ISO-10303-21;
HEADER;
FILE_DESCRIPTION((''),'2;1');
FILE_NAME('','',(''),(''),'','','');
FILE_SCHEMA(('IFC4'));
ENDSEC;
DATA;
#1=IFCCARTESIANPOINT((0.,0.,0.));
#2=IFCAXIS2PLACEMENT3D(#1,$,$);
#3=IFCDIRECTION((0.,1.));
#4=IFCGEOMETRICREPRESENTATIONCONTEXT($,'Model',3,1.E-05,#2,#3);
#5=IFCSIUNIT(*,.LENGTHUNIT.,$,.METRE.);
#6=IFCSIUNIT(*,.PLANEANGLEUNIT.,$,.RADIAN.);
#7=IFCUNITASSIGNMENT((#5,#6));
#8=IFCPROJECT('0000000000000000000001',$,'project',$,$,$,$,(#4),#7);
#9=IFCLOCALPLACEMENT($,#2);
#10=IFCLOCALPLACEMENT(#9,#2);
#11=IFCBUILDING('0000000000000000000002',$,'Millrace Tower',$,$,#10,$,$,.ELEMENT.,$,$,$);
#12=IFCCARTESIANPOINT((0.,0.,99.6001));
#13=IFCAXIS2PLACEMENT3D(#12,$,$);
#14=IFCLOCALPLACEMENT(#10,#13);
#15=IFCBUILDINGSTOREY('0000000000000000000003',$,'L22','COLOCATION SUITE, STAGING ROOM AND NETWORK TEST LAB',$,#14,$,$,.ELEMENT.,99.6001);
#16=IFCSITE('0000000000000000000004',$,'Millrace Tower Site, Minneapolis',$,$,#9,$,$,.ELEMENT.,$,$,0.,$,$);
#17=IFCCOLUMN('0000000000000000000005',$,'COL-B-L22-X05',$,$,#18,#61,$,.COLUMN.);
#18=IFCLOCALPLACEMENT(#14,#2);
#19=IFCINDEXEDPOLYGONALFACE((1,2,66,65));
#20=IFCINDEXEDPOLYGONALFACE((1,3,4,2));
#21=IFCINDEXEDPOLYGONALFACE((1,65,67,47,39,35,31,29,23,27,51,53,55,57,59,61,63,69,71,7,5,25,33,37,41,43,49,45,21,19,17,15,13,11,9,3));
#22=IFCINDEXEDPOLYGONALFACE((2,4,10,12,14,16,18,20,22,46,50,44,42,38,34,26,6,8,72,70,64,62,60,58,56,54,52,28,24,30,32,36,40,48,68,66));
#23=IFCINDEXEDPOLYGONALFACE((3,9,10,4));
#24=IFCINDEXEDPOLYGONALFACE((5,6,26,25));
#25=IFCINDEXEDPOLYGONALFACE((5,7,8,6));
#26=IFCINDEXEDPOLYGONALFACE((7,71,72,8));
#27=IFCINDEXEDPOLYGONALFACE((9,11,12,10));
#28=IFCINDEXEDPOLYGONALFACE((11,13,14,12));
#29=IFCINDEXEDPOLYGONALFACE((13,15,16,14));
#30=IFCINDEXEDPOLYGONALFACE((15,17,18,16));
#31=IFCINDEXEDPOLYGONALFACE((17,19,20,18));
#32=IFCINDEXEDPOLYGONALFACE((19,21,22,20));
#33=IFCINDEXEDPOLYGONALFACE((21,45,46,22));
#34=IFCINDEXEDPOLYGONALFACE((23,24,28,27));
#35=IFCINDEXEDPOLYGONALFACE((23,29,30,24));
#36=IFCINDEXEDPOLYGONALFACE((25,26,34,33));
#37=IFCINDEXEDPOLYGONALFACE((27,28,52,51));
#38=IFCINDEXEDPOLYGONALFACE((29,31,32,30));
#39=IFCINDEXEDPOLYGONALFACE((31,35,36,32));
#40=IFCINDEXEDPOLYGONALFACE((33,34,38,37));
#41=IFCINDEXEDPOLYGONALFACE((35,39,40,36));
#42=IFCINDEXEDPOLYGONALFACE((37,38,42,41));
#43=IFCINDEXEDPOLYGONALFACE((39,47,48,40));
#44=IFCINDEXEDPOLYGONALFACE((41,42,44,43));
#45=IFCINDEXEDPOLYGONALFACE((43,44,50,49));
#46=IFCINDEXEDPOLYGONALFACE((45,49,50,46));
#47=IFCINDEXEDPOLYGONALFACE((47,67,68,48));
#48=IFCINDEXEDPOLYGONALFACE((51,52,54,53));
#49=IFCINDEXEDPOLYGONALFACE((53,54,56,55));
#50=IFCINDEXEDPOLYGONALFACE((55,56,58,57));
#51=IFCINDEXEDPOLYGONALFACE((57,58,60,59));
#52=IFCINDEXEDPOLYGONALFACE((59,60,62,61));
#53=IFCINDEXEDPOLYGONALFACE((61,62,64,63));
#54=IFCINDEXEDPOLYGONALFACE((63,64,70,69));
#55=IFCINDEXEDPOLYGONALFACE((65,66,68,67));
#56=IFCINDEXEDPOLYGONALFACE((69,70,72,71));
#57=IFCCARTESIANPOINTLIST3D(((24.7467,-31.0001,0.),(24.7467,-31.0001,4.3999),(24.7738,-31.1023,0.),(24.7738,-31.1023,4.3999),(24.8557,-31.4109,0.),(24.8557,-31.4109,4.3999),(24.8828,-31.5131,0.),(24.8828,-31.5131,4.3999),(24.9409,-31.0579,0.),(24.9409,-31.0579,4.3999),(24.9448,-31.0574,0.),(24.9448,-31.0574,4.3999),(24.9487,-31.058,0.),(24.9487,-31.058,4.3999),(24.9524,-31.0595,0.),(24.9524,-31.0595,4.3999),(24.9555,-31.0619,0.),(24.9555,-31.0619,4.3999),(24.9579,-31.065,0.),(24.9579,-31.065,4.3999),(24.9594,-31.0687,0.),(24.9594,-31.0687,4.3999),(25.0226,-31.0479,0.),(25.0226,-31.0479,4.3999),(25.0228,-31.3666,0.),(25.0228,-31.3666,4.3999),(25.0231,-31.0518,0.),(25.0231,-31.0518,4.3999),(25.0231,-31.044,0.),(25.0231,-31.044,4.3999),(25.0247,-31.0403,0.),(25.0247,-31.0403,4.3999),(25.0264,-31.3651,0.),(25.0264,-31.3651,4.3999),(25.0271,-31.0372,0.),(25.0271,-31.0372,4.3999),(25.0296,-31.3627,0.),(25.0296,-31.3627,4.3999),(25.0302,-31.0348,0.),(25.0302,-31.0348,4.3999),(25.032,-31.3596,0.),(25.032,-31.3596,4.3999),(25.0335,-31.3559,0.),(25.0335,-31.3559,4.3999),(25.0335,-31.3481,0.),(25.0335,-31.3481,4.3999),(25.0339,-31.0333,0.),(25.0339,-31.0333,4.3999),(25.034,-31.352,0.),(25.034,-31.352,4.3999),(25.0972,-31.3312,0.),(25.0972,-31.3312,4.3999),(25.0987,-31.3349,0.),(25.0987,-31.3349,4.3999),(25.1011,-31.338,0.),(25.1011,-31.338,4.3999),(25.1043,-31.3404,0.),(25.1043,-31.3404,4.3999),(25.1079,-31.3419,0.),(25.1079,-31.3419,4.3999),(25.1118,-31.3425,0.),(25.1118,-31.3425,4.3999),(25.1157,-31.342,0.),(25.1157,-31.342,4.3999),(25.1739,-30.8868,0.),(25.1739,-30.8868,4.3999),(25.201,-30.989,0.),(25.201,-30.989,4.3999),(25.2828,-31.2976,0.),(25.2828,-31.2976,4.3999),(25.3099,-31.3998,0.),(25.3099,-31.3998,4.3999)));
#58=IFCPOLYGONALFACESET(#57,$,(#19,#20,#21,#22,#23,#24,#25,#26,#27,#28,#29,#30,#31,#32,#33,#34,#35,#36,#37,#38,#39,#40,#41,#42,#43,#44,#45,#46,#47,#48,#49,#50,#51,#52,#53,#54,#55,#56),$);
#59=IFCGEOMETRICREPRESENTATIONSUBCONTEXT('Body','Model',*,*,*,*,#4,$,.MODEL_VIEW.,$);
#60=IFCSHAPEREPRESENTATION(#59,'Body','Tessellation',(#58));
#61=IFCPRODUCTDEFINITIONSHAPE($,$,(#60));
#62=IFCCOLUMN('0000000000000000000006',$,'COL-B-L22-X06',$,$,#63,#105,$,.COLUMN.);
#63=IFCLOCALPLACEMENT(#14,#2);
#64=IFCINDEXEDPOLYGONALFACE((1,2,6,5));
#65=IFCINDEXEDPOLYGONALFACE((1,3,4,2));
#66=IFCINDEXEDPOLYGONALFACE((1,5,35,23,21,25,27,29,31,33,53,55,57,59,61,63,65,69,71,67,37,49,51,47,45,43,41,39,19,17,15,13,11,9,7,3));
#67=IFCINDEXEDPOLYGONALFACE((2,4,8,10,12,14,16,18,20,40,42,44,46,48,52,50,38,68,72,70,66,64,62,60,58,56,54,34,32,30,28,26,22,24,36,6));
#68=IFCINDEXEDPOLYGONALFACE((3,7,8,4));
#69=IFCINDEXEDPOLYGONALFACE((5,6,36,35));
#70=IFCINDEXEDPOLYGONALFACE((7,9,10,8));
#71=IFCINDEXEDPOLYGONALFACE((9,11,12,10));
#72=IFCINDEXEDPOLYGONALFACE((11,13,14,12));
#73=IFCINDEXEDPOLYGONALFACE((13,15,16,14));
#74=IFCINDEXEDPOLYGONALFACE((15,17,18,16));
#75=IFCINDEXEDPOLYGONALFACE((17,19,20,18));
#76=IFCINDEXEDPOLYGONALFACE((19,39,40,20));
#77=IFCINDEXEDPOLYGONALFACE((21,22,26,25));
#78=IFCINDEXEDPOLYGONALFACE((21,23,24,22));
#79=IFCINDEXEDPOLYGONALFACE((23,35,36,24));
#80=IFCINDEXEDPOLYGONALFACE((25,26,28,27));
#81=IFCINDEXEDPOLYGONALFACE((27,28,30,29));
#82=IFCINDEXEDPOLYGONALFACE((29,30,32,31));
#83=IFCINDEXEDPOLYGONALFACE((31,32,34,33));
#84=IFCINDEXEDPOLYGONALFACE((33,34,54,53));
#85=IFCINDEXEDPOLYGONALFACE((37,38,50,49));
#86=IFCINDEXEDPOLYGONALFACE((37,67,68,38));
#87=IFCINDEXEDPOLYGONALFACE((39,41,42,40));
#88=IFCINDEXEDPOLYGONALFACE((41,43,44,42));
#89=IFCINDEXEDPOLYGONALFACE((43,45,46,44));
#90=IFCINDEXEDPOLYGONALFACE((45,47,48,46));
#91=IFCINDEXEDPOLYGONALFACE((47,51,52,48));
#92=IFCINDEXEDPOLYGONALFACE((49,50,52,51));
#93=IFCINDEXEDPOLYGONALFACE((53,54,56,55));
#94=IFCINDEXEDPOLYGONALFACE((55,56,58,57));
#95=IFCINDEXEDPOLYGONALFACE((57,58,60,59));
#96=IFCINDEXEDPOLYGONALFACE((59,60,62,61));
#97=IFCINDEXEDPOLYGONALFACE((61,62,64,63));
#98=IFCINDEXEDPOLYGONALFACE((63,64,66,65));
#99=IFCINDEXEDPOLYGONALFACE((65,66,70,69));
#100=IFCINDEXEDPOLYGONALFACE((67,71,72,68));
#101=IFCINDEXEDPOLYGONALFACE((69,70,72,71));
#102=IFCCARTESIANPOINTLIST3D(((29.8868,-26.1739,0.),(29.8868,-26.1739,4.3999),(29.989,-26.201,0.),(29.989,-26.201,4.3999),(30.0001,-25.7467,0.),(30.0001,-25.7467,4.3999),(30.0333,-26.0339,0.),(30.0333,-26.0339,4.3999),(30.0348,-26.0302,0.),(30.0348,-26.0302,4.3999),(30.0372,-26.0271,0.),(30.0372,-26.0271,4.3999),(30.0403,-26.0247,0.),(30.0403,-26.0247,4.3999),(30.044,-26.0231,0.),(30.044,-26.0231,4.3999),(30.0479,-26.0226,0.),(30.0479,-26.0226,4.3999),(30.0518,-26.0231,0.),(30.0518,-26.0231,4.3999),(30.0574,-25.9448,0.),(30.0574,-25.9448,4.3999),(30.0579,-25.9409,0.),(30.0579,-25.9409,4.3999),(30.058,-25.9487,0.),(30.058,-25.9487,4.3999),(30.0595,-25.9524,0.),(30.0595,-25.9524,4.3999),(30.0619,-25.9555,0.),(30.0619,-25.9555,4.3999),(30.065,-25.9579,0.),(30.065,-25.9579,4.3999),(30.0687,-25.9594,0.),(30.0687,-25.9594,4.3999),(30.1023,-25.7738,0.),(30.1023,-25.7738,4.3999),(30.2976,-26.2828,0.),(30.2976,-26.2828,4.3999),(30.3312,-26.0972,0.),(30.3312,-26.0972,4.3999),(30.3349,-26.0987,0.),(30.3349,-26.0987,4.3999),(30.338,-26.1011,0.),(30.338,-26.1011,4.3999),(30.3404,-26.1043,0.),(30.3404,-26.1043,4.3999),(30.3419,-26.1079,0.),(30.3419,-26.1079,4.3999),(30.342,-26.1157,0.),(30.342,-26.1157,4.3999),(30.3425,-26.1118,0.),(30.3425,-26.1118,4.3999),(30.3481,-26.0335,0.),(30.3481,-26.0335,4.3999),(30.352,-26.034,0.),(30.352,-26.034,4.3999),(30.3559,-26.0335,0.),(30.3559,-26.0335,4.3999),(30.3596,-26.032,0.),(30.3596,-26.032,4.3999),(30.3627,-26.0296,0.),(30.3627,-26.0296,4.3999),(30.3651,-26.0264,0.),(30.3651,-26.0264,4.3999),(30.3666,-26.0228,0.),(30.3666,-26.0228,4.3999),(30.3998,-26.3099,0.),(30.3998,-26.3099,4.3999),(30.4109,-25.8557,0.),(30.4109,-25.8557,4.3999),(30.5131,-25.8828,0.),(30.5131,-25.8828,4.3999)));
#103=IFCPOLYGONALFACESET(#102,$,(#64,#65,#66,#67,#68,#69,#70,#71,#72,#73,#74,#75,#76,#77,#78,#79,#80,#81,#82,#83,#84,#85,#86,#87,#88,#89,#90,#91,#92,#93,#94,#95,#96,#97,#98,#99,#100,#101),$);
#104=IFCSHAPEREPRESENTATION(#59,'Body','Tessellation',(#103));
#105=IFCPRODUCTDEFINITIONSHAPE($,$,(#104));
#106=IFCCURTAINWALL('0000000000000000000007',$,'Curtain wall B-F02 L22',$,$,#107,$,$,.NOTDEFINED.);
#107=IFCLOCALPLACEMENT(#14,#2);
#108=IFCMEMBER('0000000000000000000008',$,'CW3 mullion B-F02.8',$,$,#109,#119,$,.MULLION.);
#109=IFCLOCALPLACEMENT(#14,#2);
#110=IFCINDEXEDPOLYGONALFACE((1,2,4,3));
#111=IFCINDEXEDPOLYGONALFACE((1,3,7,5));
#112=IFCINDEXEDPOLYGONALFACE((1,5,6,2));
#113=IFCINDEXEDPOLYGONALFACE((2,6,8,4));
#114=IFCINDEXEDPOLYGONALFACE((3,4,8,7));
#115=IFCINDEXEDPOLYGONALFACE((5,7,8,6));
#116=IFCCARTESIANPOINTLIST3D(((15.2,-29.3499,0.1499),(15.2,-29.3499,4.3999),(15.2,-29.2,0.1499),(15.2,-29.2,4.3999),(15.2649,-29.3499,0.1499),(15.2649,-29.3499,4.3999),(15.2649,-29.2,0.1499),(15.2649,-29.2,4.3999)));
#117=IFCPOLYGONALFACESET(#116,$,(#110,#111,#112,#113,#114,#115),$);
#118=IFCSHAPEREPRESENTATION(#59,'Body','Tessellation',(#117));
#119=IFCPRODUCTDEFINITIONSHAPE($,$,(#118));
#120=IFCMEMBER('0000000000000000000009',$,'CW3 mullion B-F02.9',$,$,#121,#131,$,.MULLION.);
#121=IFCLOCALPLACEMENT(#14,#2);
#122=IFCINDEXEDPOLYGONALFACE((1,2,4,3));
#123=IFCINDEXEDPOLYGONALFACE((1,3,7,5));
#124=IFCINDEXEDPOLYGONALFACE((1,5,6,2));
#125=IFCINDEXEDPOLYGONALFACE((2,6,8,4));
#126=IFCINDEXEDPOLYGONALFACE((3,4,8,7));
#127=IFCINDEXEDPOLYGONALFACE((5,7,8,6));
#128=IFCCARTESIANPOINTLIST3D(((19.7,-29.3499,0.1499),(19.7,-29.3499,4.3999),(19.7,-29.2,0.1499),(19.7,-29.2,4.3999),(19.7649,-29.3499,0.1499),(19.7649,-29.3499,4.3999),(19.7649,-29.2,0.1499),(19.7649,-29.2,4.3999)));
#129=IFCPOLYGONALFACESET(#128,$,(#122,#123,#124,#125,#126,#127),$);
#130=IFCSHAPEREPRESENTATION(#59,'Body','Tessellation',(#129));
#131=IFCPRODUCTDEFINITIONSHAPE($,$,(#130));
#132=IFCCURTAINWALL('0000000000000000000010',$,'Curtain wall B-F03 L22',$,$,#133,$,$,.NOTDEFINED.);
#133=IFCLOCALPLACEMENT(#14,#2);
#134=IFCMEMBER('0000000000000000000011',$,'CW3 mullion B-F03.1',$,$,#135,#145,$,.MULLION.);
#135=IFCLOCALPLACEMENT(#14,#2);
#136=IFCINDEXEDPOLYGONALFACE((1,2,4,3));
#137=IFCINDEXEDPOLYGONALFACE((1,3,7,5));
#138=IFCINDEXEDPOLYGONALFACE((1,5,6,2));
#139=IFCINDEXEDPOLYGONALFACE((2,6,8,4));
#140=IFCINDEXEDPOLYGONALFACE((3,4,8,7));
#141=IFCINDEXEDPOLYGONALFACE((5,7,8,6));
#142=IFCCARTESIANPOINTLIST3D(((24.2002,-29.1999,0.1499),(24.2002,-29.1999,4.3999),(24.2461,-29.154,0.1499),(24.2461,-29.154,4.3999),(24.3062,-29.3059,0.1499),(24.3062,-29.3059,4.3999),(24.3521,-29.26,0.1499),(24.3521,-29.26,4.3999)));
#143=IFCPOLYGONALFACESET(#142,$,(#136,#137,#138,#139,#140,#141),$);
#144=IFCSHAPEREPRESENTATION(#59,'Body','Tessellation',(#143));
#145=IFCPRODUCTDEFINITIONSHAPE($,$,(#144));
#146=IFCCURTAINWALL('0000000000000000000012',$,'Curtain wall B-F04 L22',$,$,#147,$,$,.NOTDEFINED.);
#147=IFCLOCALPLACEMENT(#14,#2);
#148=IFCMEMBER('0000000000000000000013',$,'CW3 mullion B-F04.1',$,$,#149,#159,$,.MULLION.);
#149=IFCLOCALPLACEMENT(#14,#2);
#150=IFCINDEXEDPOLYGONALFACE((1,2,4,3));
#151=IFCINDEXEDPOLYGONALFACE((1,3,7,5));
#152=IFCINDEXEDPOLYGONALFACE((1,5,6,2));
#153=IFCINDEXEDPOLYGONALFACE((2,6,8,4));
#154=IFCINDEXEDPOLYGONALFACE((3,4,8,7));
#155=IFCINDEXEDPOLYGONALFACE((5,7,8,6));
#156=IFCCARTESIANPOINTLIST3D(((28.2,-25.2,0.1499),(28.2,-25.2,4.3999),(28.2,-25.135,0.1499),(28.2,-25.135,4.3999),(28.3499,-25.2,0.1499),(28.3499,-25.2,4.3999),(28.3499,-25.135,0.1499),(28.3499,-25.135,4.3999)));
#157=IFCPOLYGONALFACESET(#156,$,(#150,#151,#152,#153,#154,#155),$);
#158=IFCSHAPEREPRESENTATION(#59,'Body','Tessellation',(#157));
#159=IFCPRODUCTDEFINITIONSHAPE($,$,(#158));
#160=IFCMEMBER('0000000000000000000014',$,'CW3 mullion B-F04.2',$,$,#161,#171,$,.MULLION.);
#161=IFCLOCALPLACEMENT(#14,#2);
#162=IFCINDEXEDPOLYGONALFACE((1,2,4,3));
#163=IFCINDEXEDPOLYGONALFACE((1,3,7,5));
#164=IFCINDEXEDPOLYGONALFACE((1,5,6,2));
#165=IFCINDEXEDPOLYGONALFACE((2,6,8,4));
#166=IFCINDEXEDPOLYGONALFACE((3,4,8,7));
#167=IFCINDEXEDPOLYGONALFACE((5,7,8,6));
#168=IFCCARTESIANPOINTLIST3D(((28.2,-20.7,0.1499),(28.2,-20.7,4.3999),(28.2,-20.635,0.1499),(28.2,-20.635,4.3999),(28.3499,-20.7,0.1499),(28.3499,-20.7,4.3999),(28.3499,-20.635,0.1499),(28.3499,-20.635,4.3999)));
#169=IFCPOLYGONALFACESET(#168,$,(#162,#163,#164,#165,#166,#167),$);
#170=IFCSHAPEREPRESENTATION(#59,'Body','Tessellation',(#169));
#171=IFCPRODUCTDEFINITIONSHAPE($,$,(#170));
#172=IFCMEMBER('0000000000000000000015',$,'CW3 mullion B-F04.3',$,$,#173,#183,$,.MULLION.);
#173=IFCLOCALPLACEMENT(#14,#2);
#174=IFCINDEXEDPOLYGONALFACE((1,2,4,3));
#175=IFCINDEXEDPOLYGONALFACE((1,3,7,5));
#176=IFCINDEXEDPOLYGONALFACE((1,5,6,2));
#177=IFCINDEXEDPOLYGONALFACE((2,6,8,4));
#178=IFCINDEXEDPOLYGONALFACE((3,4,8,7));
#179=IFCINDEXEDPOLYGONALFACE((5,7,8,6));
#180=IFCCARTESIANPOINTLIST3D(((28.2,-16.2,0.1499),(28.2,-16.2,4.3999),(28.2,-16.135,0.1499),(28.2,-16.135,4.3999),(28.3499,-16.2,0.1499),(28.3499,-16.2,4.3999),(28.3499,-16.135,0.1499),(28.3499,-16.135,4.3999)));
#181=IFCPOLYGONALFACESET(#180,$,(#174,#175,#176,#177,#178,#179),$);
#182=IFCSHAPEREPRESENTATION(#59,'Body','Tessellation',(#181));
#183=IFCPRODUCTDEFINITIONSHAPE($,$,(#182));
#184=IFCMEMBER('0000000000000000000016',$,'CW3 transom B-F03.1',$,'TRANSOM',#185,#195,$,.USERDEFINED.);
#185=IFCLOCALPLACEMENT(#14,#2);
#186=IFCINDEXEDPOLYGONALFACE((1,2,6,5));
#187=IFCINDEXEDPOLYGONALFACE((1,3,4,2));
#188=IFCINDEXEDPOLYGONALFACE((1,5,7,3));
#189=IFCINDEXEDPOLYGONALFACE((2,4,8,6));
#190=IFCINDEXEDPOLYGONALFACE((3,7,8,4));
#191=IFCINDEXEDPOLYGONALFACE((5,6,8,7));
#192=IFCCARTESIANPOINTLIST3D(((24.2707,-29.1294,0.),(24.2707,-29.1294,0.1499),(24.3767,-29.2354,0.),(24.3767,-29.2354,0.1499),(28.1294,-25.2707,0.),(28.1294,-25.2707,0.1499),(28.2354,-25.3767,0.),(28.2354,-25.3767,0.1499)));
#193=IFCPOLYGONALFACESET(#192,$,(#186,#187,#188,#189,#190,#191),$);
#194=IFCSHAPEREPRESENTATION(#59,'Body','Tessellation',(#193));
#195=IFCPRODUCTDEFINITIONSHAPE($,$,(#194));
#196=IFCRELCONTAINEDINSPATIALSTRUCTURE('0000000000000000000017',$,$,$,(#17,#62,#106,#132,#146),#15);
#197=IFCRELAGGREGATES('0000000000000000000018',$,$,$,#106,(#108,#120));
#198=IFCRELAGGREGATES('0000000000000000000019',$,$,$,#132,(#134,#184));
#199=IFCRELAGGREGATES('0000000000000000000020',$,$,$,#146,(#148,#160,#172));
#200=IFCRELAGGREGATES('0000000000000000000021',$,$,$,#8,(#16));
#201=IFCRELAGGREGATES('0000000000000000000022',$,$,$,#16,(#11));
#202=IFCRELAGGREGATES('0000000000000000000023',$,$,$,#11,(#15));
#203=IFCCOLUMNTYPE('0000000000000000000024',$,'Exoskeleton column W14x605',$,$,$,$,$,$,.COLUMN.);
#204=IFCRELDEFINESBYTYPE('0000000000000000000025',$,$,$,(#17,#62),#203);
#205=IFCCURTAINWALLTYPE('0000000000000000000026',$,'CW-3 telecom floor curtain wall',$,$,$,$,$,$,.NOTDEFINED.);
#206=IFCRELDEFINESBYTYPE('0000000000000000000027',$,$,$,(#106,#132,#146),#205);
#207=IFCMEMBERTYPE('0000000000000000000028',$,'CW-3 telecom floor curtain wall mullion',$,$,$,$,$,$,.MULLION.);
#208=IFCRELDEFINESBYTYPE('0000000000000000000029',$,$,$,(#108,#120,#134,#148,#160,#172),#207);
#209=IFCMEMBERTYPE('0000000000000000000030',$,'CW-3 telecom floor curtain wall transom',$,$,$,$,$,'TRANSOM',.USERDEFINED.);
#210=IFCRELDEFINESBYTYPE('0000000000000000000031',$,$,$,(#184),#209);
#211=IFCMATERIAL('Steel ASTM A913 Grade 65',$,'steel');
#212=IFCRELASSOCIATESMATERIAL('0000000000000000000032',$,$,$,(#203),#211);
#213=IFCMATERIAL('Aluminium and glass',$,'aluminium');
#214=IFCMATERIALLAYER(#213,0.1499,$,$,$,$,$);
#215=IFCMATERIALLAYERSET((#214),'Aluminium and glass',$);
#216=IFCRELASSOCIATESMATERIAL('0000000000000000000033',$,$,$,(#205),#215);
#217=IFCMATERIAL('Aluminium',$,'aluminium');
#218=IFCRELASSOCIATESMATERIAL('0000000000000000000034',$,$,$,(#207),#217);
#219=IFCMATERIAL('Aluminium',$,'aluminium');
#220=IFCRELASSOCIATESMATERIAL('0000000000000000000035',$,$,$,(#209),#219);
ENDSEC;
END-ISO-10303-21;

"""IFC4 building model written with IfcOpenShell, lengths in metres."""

from ifc_helpers import new_model, si_unit, direction, frame, origin, origin_2d, place, context, subcontext, project, spatial, rectangle, i_section, extrude, material, layer, layer_set, material_profile, profile_set, type_object, element, aggregate, save


model = new_model("IFC4")

# Units and contexts
model_context = context("Model", 3, precision=1e-05, world=origin(), true_north=direction((0.0, 1.0)))
body_context = subcontext(model_context, "Body", "Model", "MODEL_VIEW")
ifc_project = project(units=[si_unit("LENGTHUNIT", "METRE"), si_unit("PLANEANGLEUNIT", "RADIAN")], contexts=[model_context])

# Site, building, storey
site_placement = place(None, origin())
site = spatial("IfcSite", under=ifc_project, at=site_placement, Name="Millrace Tower Site, Minneapolis", CompositionType="ELEMENT", RefElevation=0.0)
building_placement = place(site_placement, origin())
building = spatial("IfcBuilding", under=site, at=building_placement, Name="Millrace Tower", CompositionType="ELEMENT")
storey_placement = place(building_placement, frame((0.0, 0.0, 99.6001)))
storey = spatial("IfcBuildingStorey", under=building, at=storey_placement, Name="L22", Description="COLOCATION SUITE, STAGING ROOM AND NETWORK TEST LAB", CompositionType="ELEMENT", Elevation=99.6001)

# Columns
ifc_material_1 = material(Name="Steel ASTM A913 Grade 65", Category="steel")
ifc_material_profile_1 = material_profile(ifc_material_1, i_section(OverallWidth=0.4419, OverallDepth=0.5308, WebThickness=0.0659, FlangeThickness=0.1057, FilletRadius=0.0151, at=origin_2d()))
ifc_profile_set_1 = profile_set([ifc_material_profile_1], Name="Steel ASTM A913 Grade 65")
column_type = type_object("IfcColumnType", Name="Exoskeleton column W14x605", PredefinedType="COLUMN", material=ifc_profile_set_1)
for number, where, z_axis, x_axis, name in (
    (1, (25.0283, -31.2, 0.0), (0.0, 0.0, 1.0), (0.966585, 0.256347, 0.0), "COL-B-L22-X05"),
    (2, (30.2, -26.0283, 0.0), (0.0, 0.0, 1.0), (0.256347, 0.966585, 0.0), "COL-B-L22-X06"),
):
    element("IfcColumn", number, at=place(storey_placement, frame(where, z_axis=z_axis, x_axis=x_axis)), inside=storey, type_object=column_type, Name=name, PredefinedType="COLUMN", context=body_context, shape_type="SweptSolid", body=[
        extrude(i_section(OverallWidth=0.4419, OverallDepth=0.5308, WebThickness=0.0659, FlangeThickness=0.1057, FilletRadius=0.0151, at=origin_2d()), origin(), (0.0, 0.0, 1.0), 4.3999),
    ])

# Curtain wall, members
ifc_material_2 = material(Name="Aluminium and glass", Category="aluminium")
ifc_layer_1 = layer(ifc_material_2, 0.1499)
ifc_layer_set_1 = layer_set([ifc_layer_1], Name="Aluminium and glass")
curtain_wall_type = type_object("IfcCurtainWallType", Name="CW-3 telecom floor curtain wall", PredefinedType="NOTDEFINED", material=ifc_layer_set_1)
placement = place(storey_placement, origin())
curtain_wall_1 = element("IfcCurtainWall", 3, at=placement, inside=storey, type_object=curtain_wall_type, Name="Curtain wall B-F02 L22", PredefinedType="NOTDEFINED")
ifc_material_3 = material(Name="Aluminium", Category="aluminium")
ifc_material_profile_2 = material_profile(ifc_material_3, rectangle(XDim=0.0649, YDim=0.1499, at=origin_2d()))
ifc_profile_set_2 = profile_set([ifc_material_profile_2], Name="Aluminium")
member_type_1 = type_object("IfcMemberType", Name="CW-3 telecom floor curtain wall mullion", PredefinedType="MULLION", material=ifc_profile_set_2)
member_1_placement = place(storey_placement, frame((15.2324, -29.2749, 0.1499), z_axis=(0.0, 0.0, 1.0), x_axis=(1.0, 0.0, 0.0)))
member_1 = element("IfcMember", 4, at=member_1_placement, type_object=member_type_1, Name="CW3 mullion B-F02.8", PredefinedType="MULLION", context=body_context, shape_type="SweptSolid", body=[
    extrude(rectangle(XDim=0.0649, YDim=0.1499, at=origin_2d()), origin(), (0.0, 0.0, 1.0), 4.25),
])
member_2_placement = place(storey_placement, frame((19.7324, -29.2749, 0.1499), z_axis=(0.0, 0.0, 1.0), x_axis=(1.0, 0.0, 0.0)))
member_2 = element("IfcMember", 5, at=member_2_placement, type_object=member_type_1, Name="CW3 mullion B-F02.9", PredefinedType="MULLION", context=body_context, shape_type="SweptSolid", body=[
    extrude(rectangle(XDim=0.0649, YDim=0.1499, at=origin_2d()), origin(), (0.0, 0.0, 1.0), 4.25),
])
aggregate(curtain_wall_1, [member_1, member_2])

# Curtain wall, member
curtain_wall_2 = element("IfcCurtainWall", 6, at=placement, inside=storey, type_object=curtain_wall_type, Name="Curtain wall B-F03 L22", PredefinedType="NOTDEFINED")
member_3_placement = place(storey_placement, frame((24.2761, -29.23, 0.1499), z_axis=(0.0, 0.0, 1.0), x_axis=(0.707107, 0.707107, 0.0)))
member_3 = element("IfcMember", 7, at=member_3_placement, type_object=member_type_1, Name="CW3 mullion B-F03.1", PredefinedType="MULLION", context=body_context, shape_type="SweptSolid", body=[
    extrude(rectangle(XDim=0.0649, YDim=0.1499, at=origin_2d()), origin(), (0.0, 0.0, 1.0), 4.25),
])

# Curtain wall, members
curtain_wall_3 = element("IfcCurtainWall", 8, at=placement, inside=storey, type_object=curtain_wall_type, Name="Curtain wall B-F04 L22", PredefinedType="NOTDEFINED")
member_4_placement = place(storey_placement, frame((28.2749, -25.1675, 0.1499), z_axis=(0.0, 0.0, 1.0), x_axis=(0.0, 1.0, 0.0)))
member_4 = element("IfcMember", 9, at=member_4_placement, type_object=member_type_1, Name="CW3 mullion B-F04.1", PredefinedType="MULLION", context=body_context, shape_type="SweptSolid", body=[
    extrude(rectangle(XDim=0.0649, YDim=0.1499, at=origin_2d()), origin(), (0.0, 0.0, 1.0), 4.25),
])
member_5_placement = place(storey_placement, frame((28.2749, -20.6675, 0.1499), z_axis=(0.0, 0.0, 1.0), x_axis=(0.0, 1.0, 0.0)))
member_5 = element("IfcMember", 10, at=member_5_placement, type_object=member_type_1, Name="CW3 mullion B-F04.2", PredefinedType="MULLION", context=body_context, shape_type="SweptSolid", body=[
    extrude(rectangle(XDim=0.0649, YDim=0.1499, at=origin_2d()), origin(), (0.0, 0.0, 1.0), 4.25),
])
member_6_placement = place(storey_placement, frame((28.2749, -16.1675, 0.1499), z_axis=(0.0, 0.0, 1.0), x_axis=(0.0, 1.0, 0.0)))
member_6 = element("IfcMember", 11, at=member_6_placement, type_object=member_type_1, Name="CW3 mullion B-F04.3", PredefinedType="MULLION", context=body_context, shape_type="SweptSolid", body=[
    extrude(rectangle(XDim=0.0649, YDim=0.1499, at=origin_2d()), origin(), (0.0, 0.0, 1.0), 4.25),
])

# Member
ifc_material_4 = material(Name="Aluminium", Category="aluminium")
ifc_material_profile_3 = material_profile(ifc_material_4, rectangle(XDim=0.1499, YDim=0.1499, at=origin_2d()))
ifc_profile_set_3 = profile_set([ifc_material_profile_3], Name="Aluminium")
member_type_2 = type_object("IfcMemberType", Name="CW-3 telecom floor curtain wall transom", ElementType="TRANSOM", PredefinedType="USERDEFINED", material=ifc_profile_set_3)
member_7_placement = place(storey_placement, frame((24.3237, -29.1824, 0.075), z_axis=(0.707107, 0.707107, 0.0), x_axis=(-0.707107, 0.707107, 0.0)))
member_7 = element("IfcMember", 12, at=member_7_placement, type_object=member_type_2, Name="CW3 transom B-F03.1", ObjectType="TRANSOM", PredefinedType="USERDEFINED", context=body_context, shape_type="SweptSolid", body=[
    extrude(rectangle(XDim=0.1499, YDim=0.1499, at=origin_2d()), origin(), (0.0, 0.0, 1.0), 5.457),
])
aggregate(curtain_wall_2, [member_3, member_7])
aggregate(curtain_wall_3, [member_4, member_5, member_6])

save(model, "model.ifc")
